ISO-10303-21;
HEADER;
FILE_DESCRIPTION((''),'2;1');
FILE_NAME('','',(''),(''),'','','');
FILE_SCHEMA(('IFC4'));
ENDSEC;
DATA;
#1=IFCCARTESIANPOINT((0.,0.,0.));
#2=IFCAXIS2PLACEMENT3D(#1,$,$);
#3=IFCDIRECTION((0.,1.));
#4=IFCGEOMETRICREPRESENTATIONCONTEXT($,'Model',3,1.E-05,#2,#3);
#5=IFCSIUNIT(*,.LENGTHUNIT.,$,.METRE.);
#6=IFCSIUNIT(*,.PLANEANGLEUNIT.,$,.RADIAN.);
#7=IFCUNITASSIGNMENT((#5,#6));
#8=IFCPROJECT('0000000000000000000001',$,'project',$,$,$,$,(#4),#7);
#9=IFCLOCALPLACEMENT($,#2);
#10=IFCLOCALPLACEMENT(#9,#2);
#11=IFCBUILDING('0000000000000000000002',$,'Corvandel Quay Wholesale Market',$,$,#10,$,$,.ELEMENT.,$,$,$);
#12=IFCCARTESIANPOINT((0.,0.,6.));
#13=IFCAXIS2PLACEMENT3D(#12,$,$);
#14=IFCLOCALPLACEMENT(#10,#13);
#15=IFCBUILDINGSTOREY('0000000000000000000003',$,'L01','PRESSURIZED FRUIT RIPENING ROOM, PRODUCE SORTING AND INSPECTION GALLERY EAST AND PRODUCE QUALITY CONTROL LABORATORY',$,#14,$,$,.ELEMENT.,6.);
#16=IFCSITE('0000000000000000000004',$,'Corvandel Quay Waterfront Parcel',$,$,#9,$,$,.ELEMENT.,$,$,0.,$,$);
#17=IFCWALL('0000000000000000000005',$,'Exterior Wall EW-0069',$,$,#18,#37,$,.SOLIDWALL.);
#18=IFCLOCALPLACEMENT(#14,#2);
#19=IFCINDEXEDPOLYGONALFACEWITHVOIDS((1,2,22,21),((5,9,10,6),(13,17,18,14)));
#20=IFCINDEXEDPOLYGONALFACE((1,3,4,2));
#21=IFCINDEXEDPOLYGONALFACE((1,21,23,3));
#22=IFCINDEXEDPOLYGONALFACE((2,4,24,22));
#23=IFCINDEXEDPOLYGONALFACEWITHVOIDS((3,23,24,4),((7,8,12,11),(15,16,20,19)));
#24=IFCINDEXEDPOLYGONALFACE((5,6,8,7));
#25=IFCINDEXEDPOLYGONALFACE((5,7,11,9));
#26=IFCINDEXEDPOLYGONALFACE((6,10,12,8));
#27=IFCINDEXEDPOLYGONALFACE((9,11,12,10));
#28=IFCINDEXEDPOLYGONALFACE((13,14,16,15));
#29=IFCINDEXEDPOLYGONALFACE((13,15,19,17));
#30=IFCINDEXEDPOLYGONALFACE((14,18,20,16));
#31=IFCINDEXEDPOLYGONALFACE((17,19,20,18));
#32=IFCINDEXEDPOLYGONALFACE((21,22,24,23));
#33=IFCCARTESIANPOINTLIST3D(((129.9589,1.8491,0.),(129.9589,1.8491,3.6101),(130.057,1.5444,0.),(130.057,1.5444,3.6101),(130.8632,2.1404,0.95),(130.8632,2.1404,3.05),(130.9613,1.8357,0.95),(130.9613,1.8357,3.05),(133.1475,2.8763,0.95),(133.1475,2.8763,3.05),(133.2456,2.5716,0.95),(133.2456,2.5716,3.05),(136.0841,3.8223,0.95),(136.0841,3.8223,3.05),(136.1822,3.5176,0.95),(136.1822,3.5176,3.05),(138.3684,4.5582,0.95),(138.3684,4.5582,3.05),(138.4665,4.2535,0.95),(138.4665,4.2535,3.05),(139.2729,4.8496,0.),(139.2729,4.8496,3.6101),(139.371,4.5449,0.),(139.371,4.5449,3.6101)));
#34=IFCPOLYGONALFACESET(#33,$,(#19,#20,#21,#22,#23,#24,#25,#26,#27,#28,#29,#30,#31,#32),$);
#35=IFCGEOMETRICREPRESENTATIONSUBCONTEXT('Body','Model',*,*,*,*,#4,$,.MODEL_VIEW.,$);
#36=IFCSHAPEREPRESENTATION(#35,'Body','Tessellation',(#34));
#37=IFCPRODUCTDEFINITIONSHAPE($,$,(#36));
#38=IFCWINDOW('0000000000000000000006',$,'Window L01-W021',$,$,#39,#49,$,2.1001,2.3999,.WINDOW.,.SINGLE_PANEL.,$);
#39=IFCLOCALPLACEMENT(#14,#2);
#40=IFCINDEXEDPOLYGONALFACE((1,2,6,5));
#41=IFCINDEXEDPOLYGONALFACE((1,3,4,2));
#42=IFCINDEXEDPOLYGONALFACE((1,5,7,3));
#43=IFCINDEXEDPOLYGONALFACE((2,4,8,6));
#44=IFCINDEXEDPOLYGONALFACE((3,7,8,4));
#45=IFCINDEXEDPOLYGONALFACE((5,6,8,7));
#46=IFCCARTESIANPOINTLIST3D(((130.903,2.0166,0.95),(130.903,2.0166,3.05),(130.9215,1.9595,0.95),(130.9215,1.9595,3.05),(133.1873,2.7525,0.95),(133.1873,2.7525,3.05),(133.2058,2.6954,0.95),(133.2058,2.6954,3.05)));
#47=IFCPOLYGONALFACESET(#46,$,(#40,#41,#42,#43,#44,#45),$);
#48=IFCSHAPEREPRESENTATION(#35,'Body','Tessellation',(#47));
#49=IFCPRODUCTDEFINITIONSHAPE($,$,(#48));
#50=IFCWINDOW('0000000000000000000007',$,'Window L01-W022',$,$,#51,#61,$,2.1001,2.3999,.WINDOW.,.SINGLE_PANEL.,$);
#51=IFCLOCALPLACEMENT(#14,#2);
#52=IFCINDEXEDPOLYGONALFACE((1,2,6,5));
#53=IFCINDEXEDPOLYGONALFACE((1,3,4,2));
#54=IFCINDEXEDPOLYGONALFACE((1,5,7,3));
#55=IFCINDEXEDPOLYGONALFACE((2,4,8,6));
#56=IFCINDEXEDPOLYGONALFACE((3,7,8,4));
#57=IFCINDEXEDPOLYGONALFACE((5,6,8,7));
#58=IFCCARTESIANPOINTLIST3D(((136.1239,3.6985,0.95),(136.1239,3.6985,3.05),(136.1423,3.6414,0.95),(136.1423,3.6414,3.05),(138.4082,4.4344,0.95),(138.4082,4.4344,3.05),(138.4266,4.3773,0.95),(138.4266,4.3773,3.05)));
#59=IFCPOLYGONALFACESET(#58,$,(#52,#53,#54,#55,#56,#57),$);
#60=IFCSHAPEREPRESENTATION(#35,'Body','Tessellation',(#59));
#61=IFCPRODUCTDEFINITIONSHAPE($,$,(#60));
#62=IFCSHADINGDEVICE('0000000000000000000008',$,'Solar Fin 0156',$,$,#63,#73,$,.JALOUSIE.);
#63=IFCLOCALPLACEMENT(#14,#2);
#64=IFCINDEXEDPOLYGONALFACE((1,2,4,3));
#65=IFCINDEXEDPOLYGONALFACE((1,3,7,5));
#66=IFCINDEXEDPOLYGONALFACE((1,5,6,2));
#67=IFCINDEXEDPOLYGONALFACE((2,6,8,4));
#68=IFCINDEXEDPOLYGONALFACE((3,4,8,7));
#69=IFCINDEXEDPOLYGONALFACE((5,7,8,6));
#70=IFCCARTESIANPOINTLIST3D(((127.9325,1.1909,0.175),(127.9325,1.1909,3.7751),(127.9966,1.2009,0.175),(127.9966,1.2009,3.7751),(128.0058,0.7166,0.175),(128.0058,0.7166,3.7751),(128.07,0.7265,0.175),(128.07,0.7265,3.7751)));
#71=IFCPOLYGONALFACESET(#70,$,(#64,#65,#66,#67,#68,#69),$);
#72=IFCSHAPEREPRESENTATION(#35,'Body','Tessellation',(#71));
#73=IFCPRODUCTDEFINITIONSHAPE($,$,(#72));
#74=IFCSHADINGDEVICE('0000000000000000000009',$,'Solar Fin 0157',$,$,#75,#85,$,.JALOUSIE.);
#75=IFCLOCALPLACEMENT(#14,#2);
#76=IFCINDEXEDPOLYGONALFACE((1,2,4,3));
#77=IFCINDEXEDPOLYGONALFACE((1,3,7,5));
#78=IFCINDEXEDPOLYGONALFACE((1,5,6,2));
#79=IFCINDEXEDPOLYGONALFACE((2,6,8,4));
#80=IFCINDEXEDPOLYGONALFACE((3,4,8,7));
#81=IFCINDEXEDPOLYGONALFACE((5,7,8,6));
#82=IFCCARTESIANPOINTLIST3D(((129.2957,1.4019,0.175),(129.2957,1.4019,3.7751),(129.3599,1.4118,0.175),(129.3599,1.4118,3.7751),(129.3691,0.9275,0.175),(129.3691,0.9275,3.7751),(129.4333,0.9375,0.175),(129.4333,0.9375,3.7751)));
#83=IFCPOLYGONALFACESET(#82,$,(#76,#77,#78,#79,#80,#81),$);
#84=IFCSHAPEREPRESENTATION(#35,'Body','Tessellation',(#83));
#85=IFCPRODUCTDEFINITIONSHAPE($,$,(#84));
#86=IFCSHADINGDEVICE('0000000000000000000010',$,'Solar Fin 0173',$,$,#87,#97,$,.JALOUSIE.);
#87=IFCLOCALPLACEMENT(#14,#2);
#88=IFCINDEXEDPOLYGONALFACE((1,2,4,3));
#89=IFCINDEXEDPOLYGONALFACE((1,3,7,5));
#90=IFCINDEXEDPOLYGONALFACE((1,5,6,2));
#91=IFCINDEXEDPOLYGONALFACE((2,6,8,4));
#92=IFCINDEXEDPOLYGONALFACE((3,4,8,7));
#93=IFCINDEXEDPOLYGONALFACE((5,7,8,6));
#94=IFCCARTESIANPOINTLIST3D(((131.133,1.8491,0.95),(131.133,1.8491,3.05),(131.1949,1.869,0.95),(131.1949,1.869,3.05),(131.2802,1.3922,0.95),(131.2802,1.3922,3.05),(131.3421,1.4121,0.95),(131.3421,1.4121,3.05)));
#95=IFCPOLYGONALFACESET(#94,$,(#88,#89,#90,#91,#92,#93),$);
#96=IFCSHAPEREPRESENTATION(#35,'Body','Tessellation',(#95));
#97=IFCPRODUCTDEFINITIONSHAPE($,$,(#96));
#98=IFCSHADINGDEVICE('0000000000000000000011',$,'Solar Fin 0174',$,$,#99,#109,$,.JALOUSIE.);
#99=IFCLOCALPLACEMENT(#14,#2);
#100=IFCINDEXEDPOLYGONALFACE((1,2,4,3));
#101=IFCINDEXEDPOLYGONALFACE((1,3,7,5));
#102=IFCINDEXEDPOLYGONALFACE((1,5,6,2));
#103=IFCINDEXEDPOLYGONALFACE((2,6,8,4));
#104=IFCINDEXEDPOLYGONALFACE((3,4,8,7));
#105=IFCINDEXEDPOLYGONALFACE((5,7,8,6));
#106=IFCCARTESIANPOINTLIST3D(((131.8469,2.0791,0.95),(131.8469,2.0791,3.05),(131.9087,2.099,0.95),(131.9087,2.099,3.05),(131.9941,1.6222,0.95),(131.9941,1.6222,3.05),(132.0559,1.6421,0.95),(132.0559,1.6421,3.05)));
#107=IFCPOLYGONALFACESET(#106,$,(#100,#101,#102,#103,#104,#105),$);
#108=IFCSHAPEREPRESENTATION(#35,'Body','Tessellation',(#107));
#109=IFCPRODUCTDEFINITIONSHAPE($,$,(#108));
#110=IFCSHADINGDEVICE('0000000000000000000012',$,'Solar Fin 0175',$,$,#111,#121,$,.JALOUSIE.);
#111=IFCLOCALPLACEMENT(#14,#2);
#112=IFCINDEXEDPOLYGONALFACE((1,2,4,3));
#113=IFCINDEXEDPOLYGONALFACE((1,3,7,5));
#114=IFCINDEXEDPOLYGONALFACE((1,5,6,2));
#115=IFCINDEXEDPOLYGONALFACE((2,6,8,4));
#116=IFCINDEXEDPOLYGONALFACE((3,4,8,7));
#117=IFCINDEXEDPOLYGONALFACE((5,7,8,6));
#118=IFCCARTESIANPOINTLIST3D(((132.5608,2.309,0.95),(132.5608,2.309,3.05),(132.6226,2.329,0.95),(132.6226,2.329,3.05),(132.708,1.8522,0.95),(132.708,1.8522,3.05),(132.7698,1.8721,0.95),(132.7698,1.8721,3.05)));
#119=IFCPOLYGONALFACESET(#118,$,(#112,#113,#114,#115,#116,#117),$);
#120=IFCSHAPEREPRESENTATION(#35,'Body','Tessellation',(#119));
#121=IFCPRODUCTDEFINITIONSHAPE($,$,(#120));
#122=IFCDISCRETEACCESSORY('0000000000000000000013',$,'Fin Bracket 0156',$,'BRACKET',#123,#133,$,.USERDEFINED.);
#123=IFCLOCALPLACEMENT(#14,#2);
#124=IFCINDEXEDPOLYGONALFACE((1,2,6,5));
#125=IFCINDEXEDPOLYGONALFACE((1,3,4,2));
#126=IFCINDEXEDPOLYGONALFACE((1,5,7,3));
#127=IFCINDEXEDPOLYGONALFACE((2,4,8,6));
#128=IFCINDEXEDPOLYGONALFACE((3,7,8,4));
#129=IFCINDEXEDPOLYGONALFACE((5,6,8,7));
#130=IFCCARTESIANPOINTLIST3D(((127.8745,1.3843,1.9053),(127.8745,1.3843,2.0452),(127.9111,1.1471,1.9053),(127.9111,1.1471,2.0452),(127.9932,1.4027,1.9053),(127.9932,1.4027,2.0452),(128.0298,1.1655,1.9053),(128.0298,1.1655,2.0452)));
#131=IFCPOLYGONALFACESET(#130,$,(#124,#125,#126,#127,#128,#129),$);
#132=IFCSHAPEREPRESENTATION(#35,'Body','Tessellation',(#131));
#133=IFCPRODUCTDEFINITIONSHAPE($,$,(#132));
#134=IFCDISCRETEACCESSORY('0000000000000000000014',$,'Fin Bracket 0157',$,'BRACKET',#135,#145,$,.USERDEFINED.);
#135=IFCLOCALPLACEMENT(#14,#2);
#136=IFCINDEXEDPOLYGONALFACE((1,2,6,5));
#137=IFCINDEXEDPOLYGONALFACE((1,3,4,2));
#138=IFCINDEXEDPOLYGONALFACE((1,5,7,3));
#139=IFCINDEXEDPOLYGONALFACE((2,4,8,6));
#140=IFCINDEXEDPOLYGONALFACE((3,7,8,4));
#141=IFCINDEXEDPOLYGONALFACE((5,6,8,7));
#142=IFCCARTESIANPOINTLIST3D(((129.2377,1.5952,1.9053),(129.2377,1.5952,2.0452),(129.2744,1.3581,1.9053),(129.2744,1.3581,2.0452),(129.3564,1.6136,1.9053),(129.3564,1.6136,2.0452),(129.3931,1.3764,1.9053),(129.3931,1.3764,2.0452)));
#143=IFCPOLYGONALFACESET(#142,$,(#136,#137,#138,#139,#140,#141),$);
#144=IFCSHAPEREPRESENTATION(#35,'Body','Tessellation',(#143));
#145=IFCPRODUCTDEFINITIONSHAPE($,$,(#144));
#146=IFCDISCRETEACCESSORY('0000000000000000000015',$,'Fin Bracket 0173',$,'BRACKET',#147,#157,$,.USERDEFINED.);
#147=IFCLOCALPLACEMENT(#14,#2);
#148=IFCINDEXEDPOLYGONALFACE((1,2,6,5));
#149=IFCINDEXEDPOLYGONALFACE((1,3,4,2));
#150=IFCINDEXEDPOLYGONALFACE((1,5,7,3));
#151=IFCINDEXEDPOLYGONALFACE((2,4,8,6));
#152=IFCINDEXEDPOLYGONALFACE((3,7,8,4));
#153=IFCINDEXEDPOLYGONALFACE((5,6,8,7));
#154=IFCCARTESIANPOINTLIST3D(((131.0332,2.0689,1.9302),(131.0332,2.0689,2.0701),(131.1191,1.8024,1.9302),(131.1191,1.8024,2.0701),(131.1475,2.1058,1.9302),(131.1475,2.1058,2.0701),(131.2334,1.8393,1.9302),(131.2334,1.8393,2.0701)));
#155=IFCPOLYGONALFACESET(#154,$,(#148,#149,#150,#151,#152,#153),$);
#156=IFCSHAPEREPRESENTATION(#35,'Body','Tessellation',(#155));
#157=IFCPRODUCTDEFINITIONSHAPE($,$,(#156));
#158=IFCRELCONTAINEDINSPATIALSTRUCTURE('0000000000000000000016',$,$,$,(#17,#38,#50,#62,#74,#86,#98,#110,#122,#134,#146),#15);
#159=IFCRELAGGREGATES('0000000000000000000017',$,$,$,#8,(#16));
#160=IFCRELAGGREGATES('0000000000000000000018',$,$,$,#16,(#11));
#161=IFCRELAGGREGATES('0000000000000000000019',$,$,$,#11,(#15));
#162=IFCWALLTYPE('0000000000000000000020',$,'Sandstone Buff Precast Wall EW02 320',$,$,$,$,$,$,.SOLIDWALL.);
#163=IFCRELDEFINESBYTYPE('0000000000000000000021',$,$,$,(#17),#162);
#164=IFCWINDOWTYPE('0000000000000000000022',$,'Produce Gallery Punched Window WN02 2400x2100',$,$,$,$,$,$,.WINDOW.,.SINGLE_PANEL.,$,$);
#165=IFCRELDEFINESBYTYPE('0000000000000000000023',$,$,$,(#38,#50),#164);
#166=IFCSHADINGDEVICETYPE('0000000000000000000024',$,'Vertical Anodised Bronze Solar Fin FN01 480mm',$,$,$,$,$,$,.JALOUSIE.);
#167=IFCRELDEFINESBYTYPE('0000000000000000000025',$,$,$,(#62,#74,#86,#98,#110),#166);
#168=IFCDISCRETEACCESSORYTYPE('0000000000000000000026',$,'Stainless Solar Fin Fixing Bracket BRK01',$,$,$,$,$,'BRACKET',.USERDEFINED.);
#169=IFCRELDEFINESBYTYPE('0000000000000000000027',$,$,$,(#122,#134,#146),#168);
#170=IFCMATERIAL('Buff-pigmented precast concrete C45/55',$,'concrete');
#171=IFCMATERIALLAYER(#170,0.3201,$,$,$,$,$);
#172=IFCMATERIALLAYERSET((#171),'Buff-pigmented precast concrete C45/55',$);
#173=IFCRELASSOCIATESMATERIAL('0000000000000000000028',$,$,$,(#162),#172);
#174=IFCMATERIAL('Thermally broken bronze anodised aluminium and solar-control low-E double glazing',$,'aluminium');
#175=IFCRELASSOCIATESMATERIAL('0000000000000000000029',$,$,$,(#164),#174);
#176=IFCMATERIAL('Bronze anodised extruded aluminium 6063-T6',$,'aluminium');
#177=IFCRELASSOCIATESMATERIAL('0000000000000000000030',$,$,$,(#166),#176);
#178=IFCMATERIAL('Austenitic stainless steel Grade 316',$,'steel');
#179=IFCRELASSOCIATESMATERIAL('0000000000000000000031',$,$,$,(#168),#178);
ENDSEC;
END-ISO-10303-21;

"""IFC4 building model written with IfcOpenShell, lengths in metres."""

from ifc_helpers import new_model, si_unit, direction, frame, frame_2d, origin, origin_2d, place, context, subcontext, project, spatial, rectangle, extrude, material, layer, layer_set, type_object, element, fill, save


model = new_model("IFC4")

# Units and contexts
model_context = context("Model", 3, precision=1e-05, world=origin(), true_north=direction((0.0, 1.0)))
body_context = subcontext(model_context, "Body", "Model", "MODEL_VIEW")
ifc_project = project(units=[si_unit("LENGTHUNIT", "METRE"), si_unit("PLANEANGLEUNIT", "RADIAN")], contexts=[model_context])

# Site, building, storey
site_placement = place(None, origin())
site = spatial("IfcSite", under=ifc_project, at=site_placement, Name="Corvandel Quay Waterfront Parcel", CompositionType="ELEMENT", RefElevation=0.0)
building_placement = place(site_placement, origin())
building = spatial("IfcBuilding", under=site, at=building_placement, Name="Corvandel Quay Wholesale Market", CompositionType="ELEMENT")
storey_placement = place(building_placement, frame((0.0, 0.0, 6.0)))
storey = spatial("IfcBuildingStorey", under=building, at=storey_placement, Name="L01", Description="PRESSURIZED FRUIT RIPENING ROOM, PRODUCE SORTING AND INSPECTION GALLERY EAST AND PRODUCE QUALITY CONTROL LABORATORY", CompositionType="ELEMENT", Elevation=6.0)

# Wall, openings, windows
ifc_material_1 = material(Name="Buff-pigmented precast concrete C45/55", Category="concrete")
ifc_layer_1 = layer(ifc_material_1, 0.3201)
ifc_layer_set_1 = layer_set([ifc_layer_1], Name="Buff-pigmented precast concrete C45/55")
wall_type_1 = type_object("IfcWallType", Name="Sandstone Buff Precast Wall EW02 320", PredefinedType="SOLIDWALL", material=ifc_layer_set_1)
wall_1_placement = place(storey_placement, frame((130.0081, 1.6968, 0.0), z_axis=(0.0, 0.0, 1.0), x_axis=(0.951828, 0.306631, 0.0)))
wall_1 = element("IfcWall", 1, at=wall_1_placement, inside=storey, type_object=wall_type_1, Name="Exterior Wall EW-0069", PredefinedType="SOLIDWALL", context=body_context, shape_type="SweptSolid", body=[
    extrude(rectangle(XDim=9.7854, YDim=0.3201, at=frame_2d((4.8926, 0.0))), origin(), (0.0, 0.0, 1.0), 3.6101),
])
opening_1_placement = place(wall_1_placement, frame((0.95, 0.0, 0.95)))
opening_1 = element("IfcOpeningElement", 2, at=opening_1_placement, cuts=wall_1, PredefinedType="OPENING", context=body_context, shape_type="SweptSolid", body=[
    extrude(rectangle(XDim=2.3999, YDim=2.1001, at=frame_2d((1.2, 1.05))), frame((0.0, 0.1699, 0.0), z_axis=(0.0, -1.0, 0.0), x_axis=(1.0, 0.0, 0.0)), (0.0, 0.0, 1.0), 0.3401),
])
opening_2_placement = place(wall_1_placement, frame((6.4351, 0.0, 0.95)))
opening_2 = element("IfcOpeningElement", 3, at=opening_2_placement, cuts=wall_1, PredefinedType="OPENING", context=body_context, shape_type="SweptSolid", body=[
    extrude(rectangle(XDim=2.3999, YDim=2.1001, at=frame_2d((1.2, 1.05))), frame((0.0, 0.1699, 0.0), z_axis=(0.0, -1.0, 0.0), x_axis=(1.0, 0.0, 0.0)), (0.0, 0.0, 1.0), 0.3401),
])
ifc_material_2 = material(Name="Thermally broken bronze anodised aluminium and solar-control low-E double glazing", Category="aluminium")
window_type = type_object("IfcWindowType", Name="Produce Gallery Punched Window WN02 2400x2100", PartitioningType="SINGLE_PANEL", PredefinedType="WINDOW", material=ifc_material_2)
window_1_placement = place(opening_1_placement, origin())
window_1 = element("IfcWindow", 4, at=window_1_placement, inside=storey, type_object=window_type, Name="Window L01-W021", OverallHeight=2.1001, OverallWidth=2.3999, PartitioningType="SINGLE_PANEL", PredefinedType="WINDOW", context=body_context, shape_type="SweptSolid", body=[
    extrude(rectangle(XDim=2.3999, YDim=2.1001, at=frame_2d((1.2, 1.05))), frame((0.0, 0.03, 0.0), z_axis=(0.0, -1.0, 0.0), x_axis=(1.0, 0.0, 0.0)), (0.0, 0.0, 1.0), 0.0601),
])
fill(opening_1, window_1)
window_2_placement = place(opening_2_placement, origin())
window_2 = element("IfcWindow", 5, at=window_2_placement, inside=storey, type_object=window_type, Name="Window L01-W022", OverallHeight=2.1001, OverallWidth=2.3999, PartitioningType="SINGLE_PANEL", PredefinedType="WINDOW", context=body_context, shape_type="SweptSolid", body=[
    extrude(rectangle(XDim=2.3999, YDim=2.1001, at=frame_2d((1.2, 1.05))), frame((0.0, 0.03, 0.0), z_axis=(0.0, -1.0, 0.0), x_axis=(1.0, 0.0, 0.0)), (0.0, 0.0, 1.0), 0.0601),
])
fill(opening_2, window_2)

# Shading devices
ifc_material_3 = material(Name="Bronze anodised extruded aluminium 6063-T6", Category="aluminium")
shading_device_type = type_object("IfcShadingDeviceType", Name="Vertical Anodised Bronze Solar Fin FN01 480mm", PredefinedType="JALOUSIE", material=ifc_material_3)
for number, where, z_axis, x_axis, name in (
    (6, (128.0012, 0.9587, 0.175), (0.0, 0.0, 1.0), (-0.152813, 0.988255, 0.0), "Solar Fin 0156"),
    (7, (129.3645, 1.1697, 0.175), (0.0, 0.0, 1.0), (-0.152813, 0.988255, 0.0), "Solar Fin 0157"),
):
    element("IfcShadingDevice", number, at=place(storey_placement, frame(where, z_axis=z_axis, x_axis=x_axis)), inside=storey, type_object=shading_device_type, Name=name, PredefinedType="JALOUSIE", context=body_context, shape_type="SweptSolid", body=[
        extrude(rectangle(XDim=0.48, YDim=0.0649, at=origin_2d()), origin(), (0.0, 0.0, 1.0), 3.6001),
    ])
for number, where, z_axis, x_axis, name in (
    (8, (131.2375, 1.6306, 0.95), (0.0, 0.0, 1.0), (-0.306692, 0.951809, 0.0), "Solar Fin 0173"),
    (9, (131.9514, 1.8606, 0.95), (0.0, 0.0, 1.0), (-0.306692, 0.951809, 0.0), "Solar Fin 0174"),
    (10, (132.6653, 2.0906, 0.95), (0.0, 0.0, 1.0), (-0.306692, 0.951809, 0.0), "Solar Fin 0175"),
):
    element("IfcShadingDevice", number, at=place(storey_placement, frame(where, z_axis=z_axis, x_axis=x_axis)), inside=storey, type_object=shading_device_type, Name=name, PredefinedType="JALOUSIE", context=body_context, shape_type="SweptSolid", body=[
        extrude(rectangle(XDim=0.48, YDim=0.0649, at=origin_2d()), origin(), (0.0, 0.0, 1.0), 2.1001),
    ])

# Discrete accessories
ifc_material_4 = material(Name="Austenitic stainless steel Grade 316", Category="steel")
discrete_accessory_type = type_object("IfcDiscreteAccessoryType", Name="Stainless Solar Fin Fixing Bracket BRK01", ElementType="BRACKET", PredefinedType="USERDEFINED", material=ifc_material_4)
for number, where, z_axis, x_axis, name in (
    (11, (127.9521, 1.2749, 1.9053), (0.0, 0.0, 1.0), (-0.152813, 0.988255, 0.0), "Fin Bracket 0156"),
    (12, (129.3154, 1.4858, 1.9053), (0.0, 0.0, 1.0), (-0.152813, 0.988255, 0.0), "Fin Bracket 0157"),
):
    element("IfcDiscreteAccessory", number, at=place(storey_placement, frame(where, z_axis=z_axis, x_axis=x_axis)), inside=storey, type_object=discrete_accessory_type, Name=name, ObjectType="BRACKET", PredefinedType="USERDEFINED", context=body_context, shape_type="SweptSolid", body=[
        extrude(rectangle(XDim=0.24, YDim=0.1201, at=origin_2d()), origin(), (0.0, 0.0, 1.0), 0.1399),
    ])
discrete_accessory_placement = place(storey_placement, frame((131.1333, 1.9541, 1.9302), z_axis=(0.0, 0.0, 1.0), x_axis=(-0.306692, 0.951809, 0.0)))
element("IfcDiscreteAccessory", 13, at=discrete_accessory_placement, inside=storey, type_object=discrete_accessory_type, Name="Fin Bracket 0173", ObjectType="BRACKET", PredefinedType="USERDEFINED", context=body_context, shape_type="SweptSolid", body=[
    extrude(rectangle(XDim=0.28, YDim=0.1201, at=origin_2d()), origin(), (0.0, 0.0, 1.0), 0.1399),
])

save(model, "model.ifc")
